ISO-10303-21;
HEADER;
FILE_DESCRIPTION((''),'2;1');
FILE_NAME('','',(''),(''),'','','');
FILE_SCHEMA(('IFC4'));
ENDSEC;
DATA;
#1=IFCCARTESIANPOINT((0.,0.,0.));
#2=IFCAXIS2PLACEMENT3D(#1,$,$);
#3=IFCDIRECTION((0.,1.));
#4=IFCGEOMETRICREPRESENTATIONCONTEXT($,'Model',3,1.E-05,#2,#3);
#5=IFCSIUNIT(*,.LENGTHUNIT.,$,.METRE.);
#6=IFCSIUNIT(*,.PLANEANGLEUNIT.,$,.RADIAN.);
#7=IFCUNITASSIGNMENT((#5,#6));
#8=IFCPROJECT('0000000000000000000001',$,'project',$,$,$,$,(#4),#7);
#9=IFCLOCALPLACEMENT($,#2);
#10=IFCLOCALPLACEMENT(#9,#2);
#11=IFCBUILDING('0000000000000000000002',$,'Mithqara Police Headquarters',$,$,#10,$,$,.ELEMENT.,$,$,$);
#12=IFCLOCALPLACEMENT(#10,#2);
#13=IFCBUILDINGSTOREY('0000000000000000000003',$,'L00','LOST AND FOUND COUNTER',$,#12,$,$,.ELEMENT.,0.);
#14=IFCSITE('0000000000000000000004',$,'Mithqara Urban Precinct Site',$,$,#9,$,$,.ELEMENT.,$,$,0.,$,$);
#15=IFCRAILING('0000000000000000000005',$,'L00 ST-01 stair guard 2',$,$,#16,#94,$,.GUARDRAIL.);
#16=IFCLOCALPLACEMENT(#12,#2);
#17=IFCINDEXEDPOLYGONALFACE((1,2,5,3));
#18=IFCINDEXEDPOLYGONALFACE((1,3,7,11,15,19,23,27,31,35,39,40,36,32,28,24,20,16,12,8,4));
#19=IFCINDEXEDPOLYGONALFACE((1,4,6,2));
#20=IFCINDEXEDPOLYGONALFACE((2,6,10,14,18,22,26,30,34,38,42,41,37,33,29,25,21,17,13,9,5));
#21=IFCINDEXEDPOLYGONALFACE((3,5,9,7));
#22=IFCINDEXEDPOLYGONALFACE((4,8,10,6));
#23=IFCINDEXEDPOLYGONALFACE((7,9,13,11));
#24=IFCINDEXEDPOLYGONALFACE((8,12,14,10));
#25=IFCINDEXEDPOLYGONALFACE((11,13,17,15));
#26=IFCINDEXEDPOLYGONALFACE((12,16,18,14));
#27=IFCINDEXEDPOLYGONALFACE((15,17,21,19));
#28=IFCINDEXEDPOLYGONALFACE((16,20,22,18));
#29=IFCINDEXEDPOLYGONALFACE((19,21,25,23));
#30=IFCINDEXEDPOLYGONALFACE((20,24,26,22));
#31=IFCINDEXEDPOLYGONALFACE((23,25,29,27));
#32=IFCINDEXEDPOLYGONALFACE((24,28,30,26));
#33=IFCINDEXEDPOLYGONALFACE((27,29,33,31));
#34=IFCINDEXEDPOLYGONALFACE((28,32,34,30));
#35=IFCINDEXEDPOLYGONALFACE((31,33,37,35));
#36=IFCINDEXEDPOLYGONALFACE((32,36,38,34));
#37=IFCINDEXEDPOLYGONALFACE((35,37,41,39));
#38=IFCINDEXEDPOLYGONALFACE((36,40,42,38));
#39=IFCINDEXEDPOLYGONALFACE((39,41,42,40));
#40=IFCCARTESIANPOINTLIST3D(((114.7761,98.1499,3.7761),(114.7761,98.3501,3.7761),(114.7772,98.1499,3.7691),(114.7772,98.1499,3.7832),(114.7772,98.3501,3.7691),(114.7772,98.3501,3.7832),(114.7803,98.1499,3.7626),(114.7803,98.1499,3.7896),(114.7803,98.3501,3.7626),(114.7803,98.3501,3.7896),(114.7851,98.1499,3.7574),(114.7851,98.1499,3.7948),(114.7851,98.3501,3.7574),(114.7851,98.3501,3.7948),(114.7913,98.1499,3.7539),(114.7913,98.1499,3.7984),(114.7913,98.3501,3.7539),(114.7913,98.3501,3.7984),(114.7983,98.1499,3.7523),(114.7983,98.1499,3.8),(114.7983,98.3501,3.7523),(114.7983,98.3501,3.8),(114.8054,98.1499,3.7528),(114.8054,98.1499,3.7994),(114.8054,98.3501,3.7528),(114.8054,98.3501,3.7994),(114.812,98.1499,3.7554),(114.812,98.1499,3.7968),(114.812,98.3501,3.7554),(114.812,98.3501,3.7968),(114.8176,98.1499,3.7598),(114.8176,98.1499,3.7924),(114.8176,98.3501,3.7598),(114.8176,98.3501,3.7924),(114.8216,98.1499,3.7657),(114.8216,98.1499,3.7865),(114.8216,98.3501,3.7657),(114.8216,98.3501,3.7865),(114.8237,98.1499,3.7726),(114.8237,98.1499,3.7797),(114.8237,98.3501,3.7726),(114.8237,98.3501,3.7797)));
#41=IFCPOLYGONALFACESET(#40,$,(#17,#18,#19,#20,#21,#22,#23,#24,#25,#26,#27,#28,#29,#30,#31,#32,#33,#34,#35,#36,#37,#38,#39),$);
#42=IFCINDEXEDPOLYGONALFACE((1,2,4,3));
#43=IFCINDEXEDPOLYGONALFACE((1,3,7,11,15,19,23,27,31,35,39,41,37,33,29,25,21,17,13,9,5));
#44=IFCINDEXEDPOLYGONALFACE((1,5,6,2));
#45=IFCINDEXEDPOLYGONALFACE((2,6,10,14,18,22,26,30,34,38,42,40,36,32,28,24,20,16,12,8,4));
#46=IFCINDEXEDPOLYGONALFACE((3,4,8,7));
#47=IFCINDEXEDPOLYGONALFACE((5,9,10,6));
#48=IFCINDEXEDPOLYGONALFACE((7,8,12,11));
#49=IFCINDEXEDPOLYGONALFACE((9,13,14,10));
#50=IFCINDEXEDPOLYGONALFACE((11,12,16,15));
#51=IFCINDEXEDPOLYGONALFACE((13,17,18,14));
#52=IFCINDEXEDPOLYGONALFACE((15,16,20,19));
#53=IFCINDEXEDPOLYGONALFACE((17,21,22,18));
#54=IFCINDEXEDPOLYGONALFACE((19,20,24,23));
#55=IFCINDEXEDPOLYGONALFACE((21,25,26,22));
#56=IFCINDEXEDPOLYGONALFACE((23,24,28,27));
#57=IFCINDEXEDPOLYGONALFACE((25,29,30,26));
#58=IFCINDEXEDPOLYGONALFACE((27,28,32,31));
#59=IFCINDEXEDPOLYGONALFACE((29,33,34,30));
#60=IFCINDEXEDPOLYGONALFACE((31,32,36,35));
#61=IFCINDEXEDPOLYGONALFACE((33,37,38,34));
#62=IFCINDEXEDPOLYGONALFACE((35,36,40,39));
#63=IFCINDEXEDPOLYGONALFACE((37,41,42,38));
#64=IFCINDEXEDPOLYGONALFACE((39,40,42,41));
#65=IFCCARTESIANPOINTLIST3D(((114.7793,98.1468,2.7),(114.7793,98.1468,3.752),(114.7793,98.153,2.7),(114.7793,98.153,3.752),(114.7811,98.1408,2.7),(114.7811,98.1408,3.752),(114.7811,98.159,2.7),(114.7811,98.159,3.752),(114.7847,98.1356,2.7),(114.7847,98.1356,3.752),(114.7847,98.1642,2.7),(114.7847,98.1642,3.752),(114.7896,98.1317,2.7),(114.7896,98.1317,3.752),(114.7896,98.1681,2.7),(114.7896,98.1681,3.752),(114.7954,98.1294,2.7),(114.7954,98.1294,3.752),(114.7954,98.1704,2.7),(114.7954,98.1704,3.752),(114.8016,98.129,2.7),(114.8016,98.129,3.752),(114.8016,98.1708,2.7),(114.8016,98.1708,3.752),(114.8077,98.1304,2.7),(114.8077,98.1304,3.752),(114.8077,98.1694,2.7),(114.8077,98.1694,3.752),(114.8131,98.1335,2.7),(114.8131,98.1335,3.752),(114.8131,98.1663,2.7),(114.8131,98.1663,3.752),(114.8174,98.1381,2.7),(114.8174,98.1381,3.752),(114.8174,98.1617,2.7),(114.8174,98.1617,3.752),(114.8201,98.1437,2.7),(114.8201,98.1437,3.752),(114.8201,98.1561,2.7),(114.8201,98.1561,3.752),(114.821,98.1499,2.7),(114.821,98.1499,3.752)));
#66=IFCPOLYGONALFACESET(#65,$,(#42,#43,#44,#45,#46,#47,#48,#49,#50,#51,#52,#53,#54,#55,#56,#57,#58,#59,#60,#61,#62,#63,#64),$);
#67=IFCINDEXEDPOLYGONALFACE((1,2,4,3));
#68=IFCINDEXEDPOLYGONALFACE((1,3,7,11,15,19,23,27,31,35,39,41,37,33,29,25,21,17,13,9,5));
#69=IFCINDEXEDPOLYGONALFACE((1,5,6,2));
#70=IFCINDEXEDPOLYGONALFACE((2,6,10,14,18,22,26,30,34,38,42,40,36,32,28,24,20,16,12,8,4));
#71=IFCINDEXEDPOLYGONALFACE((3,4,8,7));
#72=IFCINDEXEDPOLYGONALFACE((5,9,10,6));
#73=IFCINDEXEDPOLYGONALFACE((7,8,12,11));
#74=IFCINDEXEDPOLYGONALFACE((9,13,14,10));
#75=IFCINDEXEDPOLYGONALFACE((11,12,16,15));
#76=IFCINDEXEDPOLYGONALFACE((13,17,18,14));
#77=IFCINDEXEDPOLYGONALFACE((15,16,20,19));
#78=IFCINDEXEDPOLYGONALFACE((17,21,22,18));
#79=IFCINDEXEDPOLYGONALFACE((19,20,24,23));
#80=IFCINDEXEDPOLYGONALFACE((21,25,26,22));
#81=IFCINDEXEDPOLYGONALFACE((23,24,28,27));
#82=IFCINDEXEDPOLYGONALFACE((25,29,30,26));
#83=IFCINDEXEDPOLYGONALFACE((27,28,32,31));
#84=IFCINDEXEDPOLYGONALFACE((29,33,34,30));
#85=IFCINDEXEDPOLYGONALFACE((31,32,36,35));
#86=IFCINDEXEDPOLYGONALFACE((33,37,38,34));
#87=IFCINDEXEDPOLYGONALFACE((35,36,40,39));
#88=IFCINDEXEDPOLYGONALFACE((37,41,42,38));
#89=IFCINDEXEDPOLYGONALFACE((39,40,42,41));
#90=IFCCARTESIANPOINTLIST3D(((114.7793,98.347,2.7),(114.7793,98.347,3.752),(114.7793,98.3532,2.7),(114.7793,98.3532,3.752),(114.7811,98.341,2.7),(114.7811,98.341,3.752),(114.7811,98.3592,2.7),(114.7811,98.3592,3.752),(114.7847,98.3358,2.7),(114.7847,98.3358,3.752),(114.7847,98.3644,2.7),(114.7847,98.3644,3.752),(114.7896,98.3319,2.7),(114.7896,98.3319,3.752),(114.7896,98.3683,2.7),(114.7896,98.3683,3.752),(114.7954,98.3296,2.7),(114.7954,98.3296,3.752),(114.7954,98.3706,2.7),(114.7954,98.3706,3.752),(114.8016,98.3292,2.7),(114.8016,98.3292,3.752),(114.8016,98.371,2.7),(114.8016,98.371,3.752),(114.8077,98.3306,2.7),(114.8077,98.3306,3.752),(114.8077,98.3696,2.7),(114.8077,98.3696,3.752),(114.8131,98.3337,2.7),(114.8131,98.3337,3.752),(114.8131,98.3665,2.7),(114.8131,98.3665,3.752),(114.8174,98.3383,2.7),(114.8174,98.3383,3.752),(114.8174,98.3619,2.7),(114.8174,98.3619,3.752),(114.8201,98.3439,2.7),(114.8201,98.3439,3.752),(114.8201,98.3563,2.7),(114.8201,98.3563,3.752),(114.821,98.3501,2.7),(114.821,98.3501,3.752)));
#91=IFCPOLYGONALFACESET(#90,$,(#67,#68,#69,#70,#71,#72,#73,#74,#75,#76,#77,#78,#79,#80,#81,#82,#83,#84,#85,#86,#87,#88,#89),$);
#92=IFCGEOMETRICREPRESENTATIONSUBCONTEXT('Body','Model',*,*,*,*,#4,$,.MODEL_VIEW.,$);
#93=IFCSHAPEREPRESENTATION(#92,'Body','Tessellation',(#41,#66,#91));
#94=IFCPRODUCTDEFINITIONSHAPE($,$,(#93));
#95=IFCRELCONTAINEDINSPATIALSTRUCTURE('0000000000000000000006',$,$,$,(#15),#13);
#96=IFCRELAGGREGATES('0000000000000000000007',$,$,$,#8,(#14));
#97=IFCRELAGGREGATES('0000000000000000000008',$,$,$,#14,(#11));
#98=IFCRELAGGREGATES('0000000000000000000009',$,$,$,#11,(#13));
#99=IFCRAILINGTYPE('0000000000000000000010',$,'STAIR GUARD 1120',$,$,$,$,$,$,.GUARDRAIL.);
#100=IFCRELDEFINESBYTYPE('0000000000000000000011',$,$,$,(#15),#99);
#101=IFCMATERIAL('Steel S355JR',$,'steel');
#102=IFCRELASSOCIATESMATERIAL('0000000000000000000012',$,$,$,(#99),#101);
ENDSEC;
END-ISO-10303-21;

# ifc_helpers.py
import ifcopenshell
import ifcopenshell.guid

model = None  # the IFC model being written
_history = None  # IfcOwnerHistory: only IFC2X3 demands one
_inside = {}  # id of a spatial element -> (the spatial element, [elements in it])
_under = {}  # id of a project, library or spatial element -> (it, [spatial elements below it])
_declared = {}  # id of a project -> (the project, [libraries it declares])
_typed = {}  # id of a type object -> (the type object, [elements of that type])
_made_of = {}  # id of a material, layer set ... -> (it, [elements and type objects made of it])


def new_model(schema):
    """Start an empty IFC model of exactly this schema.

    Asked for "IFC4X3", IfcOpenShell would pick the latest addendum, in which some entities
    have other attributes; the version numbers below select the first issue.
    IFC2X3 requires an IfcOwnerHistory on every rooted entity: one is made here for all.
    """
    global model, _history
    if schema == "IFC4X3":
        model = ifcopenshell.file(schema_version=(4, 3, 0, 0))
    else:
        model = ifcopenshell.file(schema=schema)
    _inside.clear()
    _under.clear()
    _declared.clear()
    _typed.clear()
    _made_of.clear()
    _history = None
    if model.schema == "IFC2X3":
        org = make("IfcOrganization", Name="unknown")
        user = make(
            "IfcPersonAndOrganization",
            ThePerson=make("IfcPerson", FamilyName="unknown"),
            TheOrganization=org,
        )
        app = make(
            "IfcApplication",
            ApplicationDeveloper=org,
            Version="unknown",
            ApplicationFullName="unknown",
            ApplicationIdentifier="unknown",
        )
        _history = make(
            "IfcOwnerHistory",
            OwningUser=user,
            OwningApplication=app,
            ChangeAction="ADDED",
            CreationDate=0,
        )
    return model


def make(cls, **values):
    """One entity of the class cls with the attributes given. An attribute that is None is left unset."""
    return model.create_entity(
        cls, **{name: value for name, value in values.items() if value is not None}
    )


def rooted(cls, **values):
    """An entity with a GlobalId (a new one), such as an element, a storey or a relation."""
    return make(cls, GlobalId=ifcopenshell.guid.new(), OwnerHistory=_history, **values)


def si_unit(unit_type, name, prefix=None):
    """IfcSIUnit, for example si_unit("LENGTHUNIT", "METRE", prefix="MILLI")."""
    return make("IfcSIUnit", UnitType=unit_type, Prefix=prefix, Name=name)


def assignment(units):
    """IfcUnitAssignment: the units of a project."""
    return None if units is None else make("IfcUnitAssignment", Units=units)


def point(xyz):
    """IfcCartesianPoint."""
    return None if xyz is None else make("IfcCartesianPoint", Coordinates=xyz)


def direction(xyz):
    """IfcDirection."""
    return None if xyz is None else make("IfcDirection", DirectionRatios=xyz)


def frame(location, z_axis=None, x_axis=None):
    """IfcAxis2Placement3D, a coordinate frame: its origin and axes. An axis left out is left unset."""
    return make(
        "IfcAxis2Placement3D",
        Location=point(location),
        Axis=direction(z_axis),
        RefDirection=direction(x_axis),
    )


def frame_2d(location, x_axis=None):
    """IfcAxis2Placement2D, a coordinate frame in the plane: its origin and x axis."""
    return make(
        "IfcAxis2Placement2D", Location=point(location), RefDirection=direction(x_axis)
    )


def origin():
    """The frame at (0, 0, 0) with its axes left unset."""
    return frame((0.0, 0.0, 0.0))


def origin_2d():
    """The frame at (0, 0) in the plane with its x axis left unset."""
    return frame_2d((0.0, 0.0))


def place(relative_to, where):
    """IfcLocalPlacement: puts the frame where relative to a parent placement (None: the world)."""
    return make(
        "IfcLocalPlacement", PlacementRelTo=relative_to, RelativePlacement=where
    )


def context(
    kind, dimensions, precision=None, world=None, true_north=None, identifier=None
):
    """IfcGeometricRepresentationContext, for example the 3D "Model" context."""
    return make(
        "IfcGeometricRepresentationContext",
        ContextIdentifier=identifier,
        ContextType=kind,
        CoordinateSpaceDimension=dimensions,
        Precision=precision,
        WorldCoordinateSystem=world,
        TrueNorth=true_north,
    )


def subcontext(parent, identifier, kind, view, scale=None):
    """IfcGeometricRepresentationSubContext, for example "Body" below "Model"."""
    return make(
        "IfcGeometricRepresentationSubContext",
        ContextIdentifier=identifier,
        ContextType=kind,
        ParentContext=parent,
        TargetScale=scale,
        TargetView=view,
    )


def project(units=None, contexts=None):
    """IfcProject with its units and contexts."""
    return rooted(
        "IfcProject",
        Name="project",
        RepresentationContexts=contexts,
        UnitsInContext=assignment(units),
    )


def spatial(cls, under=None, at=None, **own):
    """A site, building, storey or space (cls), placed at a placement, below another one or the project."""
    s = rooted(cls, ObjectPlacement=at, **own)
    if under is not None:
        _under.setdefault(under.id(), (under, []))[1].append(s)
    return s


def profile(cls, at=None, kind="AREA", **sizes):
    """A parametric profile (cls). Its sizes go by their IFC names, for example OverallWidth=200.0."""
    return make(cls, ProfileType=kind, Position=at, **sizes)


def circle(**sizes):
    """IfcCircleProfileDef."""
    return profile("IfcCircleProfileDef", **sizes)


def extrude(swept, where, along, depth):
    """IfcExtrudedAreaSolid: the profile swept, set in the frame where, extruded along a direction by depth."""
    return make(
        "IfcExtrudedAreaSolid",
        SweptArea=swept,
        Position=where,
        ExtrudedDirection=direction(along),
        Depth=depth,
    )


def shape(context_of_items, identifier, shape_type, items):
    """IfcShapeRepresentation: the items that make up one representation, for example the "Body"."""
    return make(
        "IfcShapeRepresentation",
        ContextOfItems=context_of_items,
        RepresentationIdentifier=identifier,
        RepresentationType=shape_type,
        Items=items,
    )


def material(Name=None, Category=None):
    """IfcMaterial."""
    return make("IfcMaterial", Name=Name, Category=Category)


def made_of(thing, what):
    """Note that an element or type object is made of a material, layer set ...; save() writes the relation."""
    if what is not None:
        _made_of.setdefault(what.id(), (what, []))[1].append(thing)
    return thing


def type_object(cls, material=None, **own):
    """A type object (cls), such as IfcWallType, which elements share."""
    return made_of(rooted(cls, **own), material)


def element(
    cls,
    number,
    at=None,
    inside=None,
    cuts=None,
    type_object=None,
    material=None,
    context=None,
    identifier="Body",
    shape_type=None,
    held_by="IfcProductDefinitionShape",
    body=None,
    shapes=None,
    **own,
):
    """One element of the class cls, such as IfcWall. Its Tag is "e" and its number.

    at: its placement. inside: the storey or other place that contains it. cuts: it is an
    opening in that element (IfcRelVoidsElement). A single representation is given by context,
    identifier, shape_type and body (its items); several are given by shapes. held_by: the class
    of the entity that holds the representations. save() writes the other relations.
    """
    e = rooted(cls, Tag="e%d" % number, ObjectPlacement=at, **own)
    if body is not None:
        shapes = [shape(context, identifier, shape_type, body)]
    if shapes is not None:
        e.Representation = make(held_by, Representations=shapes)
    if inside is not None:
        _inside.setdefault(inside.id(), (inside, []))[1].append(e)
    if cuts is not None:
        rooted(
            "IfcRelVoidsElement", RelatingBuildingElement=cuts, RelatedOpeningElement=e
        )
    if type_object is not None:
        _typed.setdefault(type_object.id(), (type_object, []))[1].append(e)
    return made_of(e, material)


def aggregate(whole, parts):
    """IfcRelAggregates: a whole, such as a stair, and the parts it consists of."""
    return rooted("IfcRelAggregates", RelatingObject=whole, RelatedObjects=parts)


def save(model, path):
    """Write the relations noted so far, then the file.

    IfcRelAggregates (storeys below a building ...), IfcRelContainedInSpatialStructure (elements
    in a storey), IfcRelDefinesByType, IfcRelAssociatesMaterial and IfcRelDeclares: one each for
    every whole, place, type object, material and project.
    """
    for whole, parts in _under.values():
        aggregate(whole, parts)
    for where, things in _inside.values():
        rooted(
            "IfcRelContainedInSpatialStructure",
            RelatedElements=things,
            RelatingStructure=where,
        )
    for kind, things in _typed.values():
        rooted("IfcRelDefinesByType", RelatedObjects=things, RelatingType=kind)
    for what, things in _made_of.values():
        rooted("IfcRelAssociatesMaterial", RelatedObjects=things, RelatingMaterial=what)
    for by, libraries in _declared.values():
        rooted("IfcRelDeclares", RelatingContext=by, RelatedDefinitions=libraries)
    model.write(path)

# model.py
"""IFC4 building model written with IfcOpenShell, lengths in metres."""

from ifc_helpers import new_model, si_unit, direction, frame, origin, origin_2d, place, context, subcontext, project, spatial, circle, extrude, material, type_object, element, save


model = new_model("IFC4")

# Units and contexts
model_context = context("Model", 3, precision=1e-05, world=origin(), true_north=direction((0.0, 1.0)))
body_context = subcontext(model_context, "Body", "Model", "MODEL_VIEW")
ifc_project = project(units=[si_unit("LENGTHUNIT", "METRE"), si_unit("PLANEANGLEUNIT", "RADIAN")], contexts=[model_context])

# Site, building, storey
site_placement = place(None, origin())
site = spatial("IfcSite", under=ifc_project, at=site_placement, Name="Mithqara Urban Precinct Site", CompositionType="ELEMENT", RefElevation=0.0)
building_placement = place(site_placement, origin())
building = spatial("IfcBuilding", under=site, at=building_placement, Name="Mithqara Police Headquarters", CompositionType="ELEMENT")
storey_placement = place(building_placement, origin())
storey = spatial("IfcBuildingStorey", under=building, at=storey_placement, Name="L00", Description="LOST AND FOUND COUNTER", CompositionType="ELEMENT", Elevation=0.0)

# Shared definitions
ifc_material_1 = material(Name="Steel S355JR", Category="steel")

# Railing
railing_type_1 = type_object("IfcRailingType", Name="STAIR GUARD 1120", PredefinedType="GUARDRAIL", material=ifc_material_1)
railing_1_placement = place(storey_placement, frame((114.8, 98.1499, 2.7)))
element("IfcRailing", 1, at=railing_1_placement, inside=storey, type_object=railing_type_1, Name="L00 ST-01 stair guard 2", PredefinedType="GUARDRAIL", context=body_context, shape_type="SweptSolid", body=[
    extrude(circle(Radius=0.0239, at=origin_2d()), frame((0.0, 0.0, 1.0762), z_axis=(0.0, 1.0, 0.0), x_axis=(-1.0, 0.0, 0.0)), (0.0, 0.0, 1.0), 0.2002),
    extrude(circle(Radius=0.021, at=origin_2d()), origin(), (0.0, 0.0, 1.0), 1.052),
    extrude(circle(Radius=0.021, at=origin_2d()), frame((0.0, 0.2002, 0.0)), (0.0, 0.0, 1.0), 1.052),
])

save(model, "model.ifc")
